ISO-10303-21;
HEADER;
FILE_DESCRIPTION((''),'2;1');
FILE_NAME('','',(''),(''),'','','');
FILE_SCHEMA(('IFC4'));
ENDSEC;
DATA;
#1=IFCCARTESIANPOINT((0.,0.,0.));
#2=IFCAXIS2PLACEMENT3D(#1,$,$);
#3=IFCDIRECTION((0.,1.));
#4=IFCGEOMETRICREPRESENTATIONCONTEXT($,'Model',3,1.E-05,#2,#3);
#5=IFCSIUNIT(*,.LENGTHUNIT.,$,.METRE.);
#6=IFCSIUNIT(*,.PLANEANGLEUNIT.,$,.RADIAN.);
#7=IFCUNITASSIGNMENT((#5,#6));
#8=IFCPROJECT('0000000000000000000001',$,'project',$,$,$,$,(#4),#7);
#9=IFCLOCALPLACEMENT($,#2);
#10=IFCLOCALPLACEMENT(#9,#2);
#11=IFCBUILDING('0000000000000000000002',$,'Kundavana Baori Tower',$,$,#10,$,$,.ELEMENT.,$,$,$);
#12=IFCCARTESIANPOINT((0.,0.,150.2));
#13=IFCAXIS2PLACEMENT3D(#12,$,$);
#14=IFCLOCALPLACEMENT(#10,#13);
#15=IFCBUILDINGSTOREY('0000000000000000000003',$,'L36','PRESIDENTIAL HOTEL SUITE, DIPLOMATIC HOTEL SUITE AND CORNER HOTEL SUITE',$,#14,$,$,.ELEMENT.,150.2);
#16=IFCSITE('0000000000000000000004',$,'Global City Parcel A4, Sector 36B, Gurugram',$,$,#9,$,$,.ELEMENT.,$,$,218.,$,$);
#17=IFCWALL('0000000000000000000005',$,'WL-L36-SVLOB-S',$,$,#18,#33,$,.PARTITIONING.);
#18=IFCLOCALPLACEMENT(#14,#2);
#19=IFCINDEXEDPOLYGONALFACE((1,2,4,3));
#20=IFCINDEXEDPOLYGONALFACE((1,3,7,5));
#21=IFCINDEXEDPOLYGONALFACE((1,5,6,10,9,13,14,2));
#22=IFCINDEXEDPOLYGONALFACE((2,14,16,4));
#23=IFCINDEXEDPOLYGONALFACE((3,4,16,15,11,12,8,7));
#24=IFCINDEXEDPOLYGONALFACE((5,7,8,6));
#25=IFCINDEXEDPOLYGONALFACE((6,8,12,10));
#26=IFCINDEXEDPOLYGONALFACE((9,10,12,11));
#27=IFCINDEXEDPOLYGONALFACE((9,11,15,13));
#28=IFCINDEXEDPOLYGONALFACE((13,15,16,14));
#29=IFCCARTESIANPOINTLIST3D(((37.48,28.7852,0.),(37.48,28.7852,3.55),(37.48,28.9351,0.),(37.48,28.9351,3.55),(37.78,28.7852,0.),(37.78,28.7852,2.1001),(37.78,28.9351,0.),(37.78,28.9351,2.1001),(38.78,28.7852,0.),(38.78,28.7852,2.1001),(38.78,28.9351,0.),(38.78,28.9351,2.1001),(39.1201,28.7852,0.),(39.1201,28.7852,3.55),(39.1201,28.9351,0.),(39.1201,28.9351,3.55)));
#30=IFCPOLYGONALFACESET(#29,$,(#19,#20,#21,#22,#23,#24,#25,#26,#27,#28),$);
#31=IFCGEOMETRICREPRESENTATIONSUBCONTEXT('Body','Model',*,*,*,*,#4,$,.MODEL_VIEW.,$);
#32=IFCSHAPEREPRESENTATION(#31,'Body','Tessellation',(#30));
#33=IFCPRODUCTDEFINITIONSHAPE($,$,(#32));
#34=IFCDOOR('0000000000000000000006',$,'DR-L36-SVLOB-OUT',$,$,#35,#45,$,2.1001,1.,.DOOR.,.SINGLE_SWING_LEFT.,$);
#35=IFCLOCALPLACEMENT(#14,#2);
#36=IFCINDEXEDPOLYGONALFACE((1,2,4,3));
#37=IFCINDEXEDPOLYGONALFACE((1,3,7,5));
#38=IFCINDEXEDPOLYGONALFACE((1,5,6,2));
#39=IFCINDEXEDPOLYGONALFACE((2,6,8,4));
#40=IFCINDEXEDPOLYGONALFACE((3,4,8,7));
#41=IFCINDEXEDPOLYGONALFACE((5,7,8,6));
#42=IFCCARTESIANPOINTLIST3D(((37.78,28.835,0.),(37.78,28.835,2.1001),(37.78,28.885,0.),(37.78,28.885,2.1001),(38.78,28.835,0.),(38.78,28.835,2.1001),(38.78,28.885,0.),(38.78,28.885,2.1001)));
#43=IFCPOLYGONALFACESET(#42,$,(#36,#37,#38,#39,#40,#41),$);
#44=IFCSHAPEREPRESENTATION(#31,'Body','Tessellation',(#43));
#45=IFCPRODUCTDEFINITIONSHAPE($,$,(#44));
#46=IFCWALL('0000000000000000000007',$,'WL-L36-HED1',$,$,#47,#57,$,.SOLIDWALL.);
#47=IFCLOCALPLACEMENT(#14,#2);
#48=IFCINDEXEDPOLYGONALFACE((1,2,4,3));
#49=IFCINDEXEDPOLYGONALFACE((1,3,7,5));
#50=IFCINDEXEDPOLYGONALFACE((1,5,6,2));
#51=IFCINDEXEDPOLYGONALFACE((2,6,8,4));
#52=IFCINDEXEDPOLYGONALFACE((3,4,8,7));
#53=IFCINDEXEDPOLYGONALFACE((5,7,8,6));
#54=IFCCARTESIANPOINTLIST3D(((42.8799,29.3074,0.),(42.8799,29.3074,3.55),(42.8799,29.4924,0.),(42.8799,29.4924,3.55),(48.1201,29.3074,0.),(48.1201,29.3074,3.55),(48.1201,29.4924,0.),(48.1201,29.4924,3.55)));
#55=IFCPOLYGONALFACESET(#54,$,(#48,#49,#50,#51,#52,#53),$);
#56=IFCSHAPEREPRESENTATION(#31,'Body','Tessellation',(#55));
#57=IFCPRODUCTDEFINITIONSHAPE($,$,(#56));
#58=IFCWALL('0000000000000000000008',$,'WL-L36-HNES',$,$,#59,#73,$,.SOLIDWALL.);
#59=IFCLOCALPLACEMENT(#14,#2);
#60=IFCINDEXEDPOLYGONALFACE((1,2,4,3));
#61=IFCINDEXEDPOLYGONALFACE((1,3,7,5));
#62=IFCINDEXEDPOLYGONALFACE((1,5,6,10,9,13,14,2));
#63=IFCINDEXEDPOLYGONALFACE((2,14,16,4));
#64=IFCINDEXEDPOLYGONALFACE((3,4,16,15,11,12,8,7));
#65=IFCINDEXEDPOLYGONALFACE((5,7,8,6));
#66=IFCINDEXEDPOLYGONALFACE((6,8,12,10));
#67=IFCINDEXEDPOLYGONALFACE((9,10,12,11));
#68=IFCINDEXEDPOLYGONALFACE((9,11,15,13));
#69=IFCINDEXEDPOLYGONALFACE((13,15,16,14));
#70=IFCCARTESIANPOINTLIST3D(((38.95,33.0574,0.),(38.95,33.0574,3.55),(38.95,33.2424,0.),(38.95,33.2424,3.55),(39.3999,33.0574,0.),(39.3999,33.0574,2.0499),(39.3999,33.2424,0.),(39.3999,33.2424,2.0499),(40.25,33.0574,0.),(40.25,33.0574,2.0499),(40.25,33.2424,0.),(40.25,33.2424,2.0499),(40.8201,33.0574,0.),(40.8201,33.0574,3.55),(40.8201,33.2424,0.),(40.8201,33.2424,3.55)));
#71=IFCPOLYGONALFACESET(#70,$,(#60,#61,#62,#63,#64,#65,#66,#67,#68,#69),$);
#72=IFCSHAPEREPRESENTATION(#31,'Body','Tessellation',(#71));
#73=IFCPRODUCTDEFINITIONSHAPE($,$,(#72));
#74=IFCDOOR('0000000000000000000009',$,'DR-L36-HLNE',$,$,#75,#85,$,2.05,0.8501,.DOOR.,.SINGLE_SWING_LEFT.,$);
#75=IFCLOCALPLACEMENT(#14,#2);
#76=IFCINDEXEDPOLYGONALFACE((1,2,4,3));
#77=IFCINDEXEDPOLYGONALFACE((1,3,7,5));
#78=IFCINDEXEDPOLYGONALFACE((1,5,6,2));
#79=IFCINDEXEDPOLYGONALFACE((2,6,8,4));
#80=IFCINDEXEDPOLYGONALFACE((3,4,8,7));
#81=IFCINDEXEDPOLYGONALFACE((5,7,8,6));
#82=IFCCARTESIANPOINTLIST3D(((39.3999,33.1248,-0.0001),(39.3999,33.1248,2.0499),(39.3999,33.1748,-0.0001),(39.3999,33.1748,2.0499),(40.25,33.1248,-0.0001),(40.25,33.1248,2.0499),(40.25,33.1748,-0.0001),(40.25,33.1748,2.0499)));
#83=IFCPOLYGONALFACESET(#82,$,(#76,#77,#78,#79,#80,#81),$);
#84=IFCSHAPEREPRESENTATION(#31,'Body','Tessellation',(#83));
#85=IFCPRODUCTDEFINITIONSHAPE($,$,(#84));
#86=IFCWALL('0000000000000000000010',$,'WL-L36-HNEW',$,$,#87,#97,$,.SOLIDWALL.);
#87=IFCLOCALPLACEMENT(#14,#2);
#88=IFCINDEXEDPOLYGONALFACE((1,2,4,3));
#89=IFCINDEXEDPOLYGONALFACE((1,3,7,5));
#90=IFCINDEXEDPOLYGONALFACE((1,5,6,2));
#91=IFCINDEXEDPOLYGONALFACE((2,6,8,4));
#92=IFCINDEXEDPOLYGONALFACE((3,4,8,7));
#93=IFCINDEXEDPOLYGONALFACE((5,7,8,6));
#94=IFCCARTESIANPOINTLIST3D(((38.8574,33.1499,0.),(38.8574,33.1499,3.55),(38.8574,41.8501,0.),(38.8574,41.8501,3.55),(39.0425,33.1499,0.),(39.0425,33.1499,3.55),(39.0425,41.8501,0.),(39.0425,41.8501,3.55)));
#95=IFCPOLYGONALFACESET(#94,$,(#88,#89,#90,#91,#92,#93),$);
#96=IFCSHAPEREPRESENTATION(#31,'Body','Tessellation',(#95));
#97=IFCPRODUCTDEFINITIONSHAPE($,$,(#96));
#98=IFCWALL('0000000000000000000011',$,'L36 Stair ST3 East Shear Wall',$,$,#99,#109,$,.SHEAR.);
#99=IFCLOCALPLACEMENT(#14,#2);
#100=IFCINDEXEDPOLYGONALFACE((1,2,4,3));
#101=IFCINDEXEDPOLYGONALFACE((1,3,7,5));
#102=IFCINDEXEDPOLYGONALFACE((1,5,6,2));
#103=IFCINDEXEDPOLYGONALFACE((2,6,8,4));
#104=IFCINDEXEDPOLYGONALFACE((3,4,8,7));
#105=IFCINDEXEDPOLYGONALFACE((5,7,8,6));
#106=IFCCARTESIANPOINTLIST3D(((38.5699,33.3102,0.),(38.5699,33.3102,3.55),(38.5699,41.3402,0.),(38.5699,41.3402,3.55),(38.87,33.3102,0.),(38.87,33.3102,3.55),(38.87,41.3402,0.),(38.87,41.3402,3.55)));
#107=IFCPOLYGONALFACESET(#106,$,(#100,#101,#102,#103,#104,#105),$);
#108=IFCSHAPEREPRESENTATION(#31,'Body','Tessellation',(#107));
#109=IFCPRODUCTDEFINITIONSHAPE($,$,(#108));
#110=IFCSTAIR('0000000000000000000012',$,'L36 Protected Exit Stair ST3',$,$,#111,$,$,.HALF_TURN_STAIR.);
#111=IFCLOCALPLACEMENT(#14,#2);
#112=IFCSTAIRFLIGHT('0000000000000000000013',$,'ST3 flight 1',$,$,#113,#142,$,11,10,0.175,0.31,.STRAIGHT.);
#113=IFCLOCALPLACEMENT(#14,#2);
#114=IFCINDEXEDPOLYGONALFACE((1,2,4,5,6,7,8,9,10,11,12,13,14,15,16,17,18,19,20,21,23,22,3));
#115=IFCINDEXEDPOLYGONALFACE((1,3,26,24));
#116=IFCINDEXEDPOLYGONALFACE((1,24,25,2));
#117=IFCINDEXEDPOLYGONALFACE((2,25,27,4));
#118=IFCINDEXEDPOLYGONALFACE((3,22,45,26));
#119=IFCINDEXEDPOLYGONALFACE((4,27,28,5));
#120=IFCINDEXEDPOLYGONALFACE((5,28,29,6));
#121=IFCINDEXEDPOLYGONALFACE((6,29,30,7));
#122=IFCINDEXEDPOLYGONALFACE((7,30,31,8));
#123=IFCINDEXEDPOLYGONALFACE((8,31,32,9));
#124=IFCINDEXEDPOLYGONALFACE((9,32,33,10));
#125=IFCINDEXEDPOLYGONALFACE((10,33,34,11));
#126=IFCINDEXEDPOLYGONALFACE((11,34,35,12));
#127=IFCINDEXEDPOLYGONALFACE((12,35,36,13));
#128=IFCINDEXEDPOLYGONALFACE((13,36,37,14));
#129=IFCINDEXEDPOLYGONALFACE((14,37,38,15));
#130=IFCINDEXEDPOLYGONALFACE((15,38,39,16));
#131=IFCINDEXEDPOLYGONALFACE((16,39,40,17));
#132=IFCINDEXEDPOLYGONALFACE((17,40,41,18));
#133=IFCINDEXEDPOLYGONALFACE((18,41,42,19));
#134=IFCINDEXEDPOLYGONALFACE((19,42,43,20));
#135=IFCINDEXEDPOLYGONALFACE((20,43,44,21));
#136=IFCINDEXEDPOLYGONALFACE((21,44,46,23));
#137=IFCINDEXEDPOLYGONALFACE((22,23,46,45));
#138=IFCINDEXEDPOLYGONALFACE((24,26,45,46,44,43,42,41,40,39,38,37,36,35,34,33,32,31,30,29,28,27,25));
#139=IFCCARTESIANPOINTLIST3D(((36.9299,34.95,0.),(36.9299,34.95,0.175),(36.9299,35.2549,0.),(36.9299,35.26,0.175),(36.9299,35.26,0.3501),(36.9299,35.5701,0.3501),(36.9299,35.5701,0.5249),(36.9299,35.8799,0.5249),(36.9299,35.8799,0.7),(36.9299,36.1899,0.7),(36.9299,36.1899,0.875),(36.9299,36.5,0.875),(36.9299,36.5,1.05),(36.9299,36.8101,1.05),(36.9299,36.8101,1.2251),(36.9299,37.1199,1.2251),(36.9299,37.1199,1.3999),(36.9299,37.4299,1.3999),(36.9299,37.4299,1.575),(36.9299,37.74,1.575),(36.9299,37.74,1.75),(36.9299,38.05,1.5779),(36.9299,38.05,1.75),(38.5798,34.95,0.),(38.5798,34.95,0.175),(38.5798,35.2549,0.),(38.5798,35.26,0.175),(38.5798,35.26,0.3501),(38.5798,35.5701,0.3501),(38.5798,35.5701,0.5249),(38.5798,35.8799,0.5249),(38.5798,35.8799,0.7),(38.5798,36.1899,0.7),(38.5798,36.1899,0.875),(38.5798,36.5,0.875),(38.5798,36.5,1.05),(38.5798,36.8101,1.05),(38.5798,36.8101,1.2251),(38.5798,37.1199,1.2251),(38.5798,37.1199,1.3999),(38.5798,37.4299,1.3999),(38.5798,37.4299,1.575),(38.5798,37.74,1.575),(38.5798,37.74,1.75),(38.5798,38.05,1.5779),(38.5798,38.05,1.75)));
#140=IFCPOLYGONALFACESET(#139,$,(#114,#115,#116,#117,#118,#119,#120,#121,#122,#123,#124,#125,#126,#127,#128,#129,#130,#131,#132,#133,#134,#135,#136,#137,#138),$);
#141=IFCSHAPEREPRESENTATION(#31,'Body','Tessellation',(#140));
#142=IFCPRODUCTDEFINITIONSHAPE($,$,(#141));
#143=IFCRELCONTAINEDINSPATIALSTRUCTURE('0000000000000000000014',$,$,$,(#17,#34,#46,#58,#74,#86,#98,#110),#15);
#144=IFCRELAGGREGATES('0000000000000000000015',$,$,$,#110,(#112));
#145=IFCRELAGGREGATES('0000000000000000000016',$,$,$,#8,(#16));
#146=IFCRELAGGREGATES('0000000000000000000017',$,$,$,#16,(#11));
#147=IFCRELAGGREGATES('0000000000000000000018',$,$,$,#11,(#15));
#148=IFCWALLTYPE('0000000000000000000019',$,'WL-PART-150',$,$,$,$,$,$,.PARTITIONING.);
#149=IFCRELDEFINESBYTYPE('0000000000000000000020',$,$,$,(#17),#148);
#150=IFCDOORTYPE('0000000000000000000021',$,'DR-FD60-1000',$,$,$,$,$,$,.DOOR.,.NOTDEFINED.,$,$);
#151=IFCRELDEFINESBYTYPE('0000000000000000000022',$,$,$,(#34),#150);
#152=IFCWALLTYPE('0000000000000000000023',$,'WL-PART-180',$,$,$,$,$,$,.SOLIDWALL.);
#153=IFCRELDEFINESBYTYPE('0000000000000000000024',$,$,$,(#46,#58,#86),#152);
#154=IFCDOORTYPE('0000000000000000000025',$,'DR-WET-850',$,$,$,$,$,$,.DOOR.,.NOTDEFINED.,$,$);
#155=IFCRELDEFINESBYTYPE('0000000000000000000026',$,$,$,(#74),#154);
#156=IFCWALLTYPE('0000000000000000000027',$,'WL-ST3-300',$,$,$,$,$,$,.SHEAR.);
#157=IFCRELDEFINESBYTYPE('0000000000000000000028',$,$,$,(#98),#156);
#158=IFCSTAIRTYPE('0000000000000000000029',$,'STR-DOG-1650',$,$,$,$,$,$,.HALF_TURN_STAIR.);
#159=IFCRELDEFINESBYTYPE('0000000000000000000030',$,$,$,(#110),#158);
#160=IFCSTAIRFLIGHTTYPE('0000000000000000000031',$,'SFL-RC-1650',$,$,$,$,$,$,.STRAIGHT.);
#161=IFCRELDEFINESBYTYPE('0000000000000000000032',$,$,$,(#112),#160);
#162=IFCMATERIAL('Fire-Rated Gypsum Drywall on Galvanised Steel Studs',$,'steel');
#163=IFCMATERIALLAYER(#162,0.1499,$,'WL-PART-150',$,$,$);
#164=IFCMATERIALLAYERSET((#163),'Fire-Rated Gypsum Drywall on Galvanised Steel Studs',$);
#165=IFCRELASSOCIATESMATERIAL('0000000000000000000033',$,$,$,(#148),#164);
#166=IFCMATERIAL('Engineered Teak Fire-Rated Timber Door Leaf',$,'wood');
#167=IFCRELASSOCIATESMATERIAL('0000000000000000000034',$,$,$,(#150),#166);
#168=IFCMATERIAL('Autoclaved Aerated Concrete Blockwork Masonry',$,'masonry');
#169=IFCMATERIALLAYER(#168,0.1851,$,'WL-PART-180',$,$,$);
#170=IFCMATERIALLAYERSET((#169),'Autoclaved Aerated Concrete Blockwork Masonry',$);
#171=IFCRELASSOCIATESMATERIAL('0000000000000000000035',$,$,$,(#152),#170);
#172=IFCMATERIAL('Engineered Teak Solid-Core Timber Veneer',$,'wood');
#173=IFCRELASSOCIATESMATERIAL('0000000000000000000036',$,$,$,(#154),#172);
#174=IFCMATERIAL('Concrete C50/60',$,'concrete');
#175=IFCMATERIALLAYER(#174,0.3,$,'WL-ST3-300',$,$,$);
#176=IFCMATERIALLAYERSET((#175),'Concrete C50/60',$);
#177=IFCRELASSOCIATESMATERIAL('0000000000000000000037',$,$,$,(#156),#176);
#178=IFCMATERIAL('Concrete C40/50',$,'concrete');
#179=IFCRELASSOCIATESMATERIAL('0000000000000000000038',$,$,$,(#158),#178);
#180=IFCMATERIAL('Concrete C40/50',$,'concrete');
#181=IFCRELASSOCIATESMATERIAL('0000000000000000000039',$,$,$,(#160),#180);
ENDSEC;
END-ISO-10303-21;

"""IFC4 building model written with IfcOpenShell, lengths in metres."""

from ifc_helpers import new_model, si_unit, direction, frame, frame_2d, origin, place, context, subcontext, project, spatial, polyline, rectangle, outline, extrude, material, layer, layer_set, type_object, element, fill, aggregate, save


model = new_model("IFC4")

# Units and contexts
model_context = context("Model", 3, precision=1e-05, world=origin(), true_north=direction((0.0, 1.0)))
body_context = subcontext(model_context, "Body", "Model", "MODEL_VIEW")
ifc_project = project(units=[si_unit("LENGTHUNIT", "METRE"), si_unit("PLANEANGLEUNIT", "RADIAN")], contexts=[model_context])

# Site, building, storey
site_placement = place(None, origin())
site = spatial("IfcSite", under=ifc_project, at=site_placement, Name="Global City Parcel A4, Sector 36B, Gurugram", CompositionType="ELEMENT", RefElevation=218.0)
building_placement = place(site_placement, origin())
building = spatial("IfcBuilding", under=site, at=building_placement, Name="Kundavana Baori Tower", CompositionType="ELEMENT")
storey_placement = place(building_placement, frame((0.0, 0.0, 150.2)))
storey = spatial("IfcBuildingStorey", under=building, at=storey_placement, Name="L36", Description="PRESIDENTIAL HOTEL SUITE, DIPLOMATIC HOTEL SUITE AND CORNER HOTEL SUITE", CompositionType="ELEMENT", Elevation=150.2)

# Shared definitions
ifc_material_1 = material(Name="Fire-Rated Gypsum Drywall on Galvanised Steel Studs", Category="steel")
ifc_layer_1 = layer(ifc_material_1, 0.1499, Name="WL-PART-150")
ifc_layer_set_1 = layer_set([ifc_layer_1], Name="Fire-Rated Gypsum Drywall on Galvanised Steel Studs")
wall_type_1 = type_object("IfcWallType", Name="WL-PART-150", PredefinedType="PARTITIONING", material=ifc_layer_set_1)

# Wall, opening, door
wall_1_placement = place(storey_placement, frame((37.48, 28.8601, 0.0), z_axis=(0.0, 0.0, 1.0), x_axis=(1.0, 0.0, 0.0)))
wall_1 = element("IfcWall", 1, at=wall_1_placement, inside=storey, type_object=wall_type_1, Name="WL-L36-SVLOB-S", PredefinedType="PARTITIONING", context=body_context, shape_type="SweptSolid", body=[
    extrude(rectangle(XDim=1.6401, YDim=0.1499, at=frame_2d((0.8201, 0.0))), origin(), (0.0, 0.0, 1.0), 3.55),
])
opening_1_placement = place(wall_1_placement, frame((0.3, 0.0, 0.0)))
opening_1 = element("IfcOpeningElement", 2, at=opening_1_placement, cuts=wall_1, PredefinedType="OPENING", context=body_context, shape_type="SweptSolid", body=[
    extrude(rectangle(XDim=1.0, YDim=2.1001, at=frame_2d((0.5, 1.05))), frame((0.0, 0.085, 0.0), z_axis=(0.0, -1.0, 0.0), x_axis=(1.0, 0.0, 0.0)), (0.0, 0.0, 1.0), 0.1699),
])
ifc_material_2 = material(Name="Engineered Teak Fire-Rated Timber Door Leaf", Category="wood")
door_type_1 = type_object("IfcDoorType", Name="DR-FD60-1000", OperationType="NOTDEFINED", PredefinedType="DOOR", material=ifc_material_2)
door_1_placement = place(opening_1_placement, origin())
door_1 = element("IfcDoor", 3, at=door_1_placement, inside=storey, type_object=door_type_1, Name="DR-L36-SVLOB-OUT", OperationType="SINGLE_SWING_LEFT", OverallHeight=2.1001, OverallWidth=1.0, PredefinedType="DOOR", context=body_context, shape_type="SweptSolid", body=[
    extrude(rectangle(XDim=1.0, YDim=2.1001, at=frame_2d((0.5, 1.05))), frame((0.0, 0.0249, 0.0), z_axis=(0.0, -1.0, 0.0), x_axis=(1.0, 0.0, 0.0)), (0.0, 0.0, 1.0), 0.05),
])
fill(opening_1, door_1)

# Wall
ifc_material_3 = material(Name="Autoclaved Aerated Concrete Blockwork Masonry", Category="masonry")
ifc_layer_2 = layer(ifc_material_3, 0.1851, Name="WL-PART-180")
ifc_layer_set_2 = layer_set([ifc_layer_2], Name="Autoclaved Aerated Concrete Blockwork Masonry")
wall_type_2 = type_object("IfcWallType", Name="WL-PART-180", PredefinedType="SOLIDWALL", material=ifc_layer_set_2)
wall_2_placement = place(storey_placement, frame((42.8799, 29.3999, 0.0), z_axis=(0.0, 0.0, 1.0), x_axis=(1.0, 0.0, 0.0)))
element("IfcWall", 4, at=wall_2_placement, inside=storey, type_object=wall_type_2, Name="WL-L36-HED1", PredefinedType="SOLIDWALL", context=body_context, shape_type="SweptSolid", body=[
    extrude(rectangle(XDim=5.2402, YDim=0.1851, at=frame_2d((2.6201, 0.0))), origin(), (0.0, 0.0, 1.0), 3.55),
])

# Wall, opening, door
wall_3_placement = place(storey_placement, frame((38.95, 33.1499, 0.0), z_axis=(0.0, 0.0, 1.0), x_axis=(1.0, 0.0, 0.0)))
wall_3 = element("IfcWall", 5, at=wall_3_placement, inside=storey, type_object=wall_type_2, Name="WL-L36-HNES", PredefinedType="SOLIDWALL", context=body_context, shape_type="SweptSolid", body=[
    extrude(rectangle(XDim=1.8701, YDim=0.1851, at=frame_2d((0.9351, 0.0))), origin(), (0.0, 0.0, 1.0), 3.55),
])
opening_2_placement = place(wall_3_placement, frame((0.45, 0.0, 0.0)))
opening_2 = element("IfcOpeningElement", 6, at=opening_2_placement, cuts=wall_3, PredefinedType="OPENING", context=body_context, shape_type="SweptSolid", body=[
    extrude(rectangle(XDim=0.8501, YDim=2.05, at=frame_2d((0.425, 1.0249))), frame((0.0, 0.1025, 0.0), z_axis=(0.0, -1.0, 0.0), x_axis=(1.0, 0.0, 0.0)), (0.0, 0.0, 1.0), 0.2051),
])
ifc_material_4 = material(Name="Engineered Teak Solid-Core Timber Veneer", Category="wood")
door_type_2 = type_object("IfcDoorType", Name="DR-WET-850", OperationType="NOTDEFINED", PredefinedType="DOOR", material=ifc_material_4)
door_2_placement = place(opening_2_placement, origin())
door_2 = element("IfcDoor", 7, at=door_2_placement, inside=storey, type_object=door_type_2, Name="DR-L36-HLNE", OperationType="SINGLE_SWING_LEFT", OverallHeight=2.05, OverallWidth=0.8501, PredefinedType="DOOR", context=body_context, shape_type="SweptSolid", body=[
    extrude(rectangle(XDim=0.8501, YDim=2.05, at=frame_2d((0.425, 1.0249))), frame((0.0, 0.0249, 0.0), z_axis=(0.0, -1.0, 0.0), x_axis=(1.0, 0.0, 0.0)), (0.0, 0.0, 1.0), 0.05),
])
fill(opening_2, door_2)

# Wall
wall_4_placement = place(storey_placement, frame((38.95, 33.1499, 0.0), z_axis=(0.0, 0.0, 1.0), x_axis=(0.0, 1.0, 0.0)))
element("IfcWall", 8, at=wall_4_placement, inside=storey, type_object=wall_type_2, Name="WL-L36-HNEW", PredefinedType="SOLIDWALL", context=body_context, shape_type="SweptSolid", body=[
    extrude(rectangle(XDim=8.7002, YDim=0.1851, at=frame_2d((4.3501, 0.0))), origin(), (0.0, 0.0, 1.0), 3.55),
])

# Wall
ifc_material_5 = material(Name="Concrete C50/60", Category="concrete")
ifc_layer_3 = layer(ifc_material_5, 0.3, Name="WL-ST3-300")
ifc_layer_set_3 = layer_set([ifc_layer_3], Name="Concrete C50/60")
wall_type_3 = type_object("IfcWallType", Name="WL-ST3-300", PredefinedType="SHEAR", material=ifc_layer_set_3)
wall_5_placement = place(storey_placement, frame((38.72, 33.3101, 0.0), z_axis=(0.0, 0.0, 1.0), x_axis=(0.0, 1.0, 0.0)))
element("IfcWall", 9, at=wall_5_placement, inside=storey, type_object=wall_type_3, Name="L36 Stair ST3 East Shear Wall", PredefinedType="SHEAR", context=body_context, shape_type="SweptSolid", body=[
    extrude(rectangle(XDim=8.03, YDim=0.3, at=frame_2d((4.0151, 0.0))), origin(), (0.0, 0.0, 1.0), 3.55),
])

# Stair, stair flight
ifc_material_6 = material(Name="Concrete C40/50", Category="concrete")
stair_type = type_object("IfcStairType", Name="STR-DOG-1650", PredefinedType="HALF_TURN_STAIR", material=ifc_material_6)
stair_placement = place(storey_placement, origin())
stair = element("IfcStair", 10, at=stair_placement, inside=storey, type_object=stair_type, Name="L36 Protected Exit Stair ST3", PredefinedType="HALF_TURN_STAIR")
ifc_material_7 = material(Name="Concrete C40/50", Category="concrete")
stair_flight_type = type_object("IfcStairFlightType", Name="SFL-RC-1650", PredefinedType="STRAIGHT", material=ifc_material_7)
stair_flight_placement = place(storey_placement, frame((37.7549, 34.95, 0.0), z_axis=(0.0, 0.0, 1.0), x_axis=(0.0, 1.0, 0.0)))
stair_flight = element("IfcStairFlight", 11, at=stair_flight_placement, type_object=stair_flight_type, Name="ST3 flight 1", NumberOfRisers=11, NumberOfTreads=10, PredefinedType="STRAIGHT", RiserHeight=0.175, TreadLength=0.31, context=body_context, shape_type="SweptSolid", body=[
    extrude(outline(polyline([(0.0, 0.0), (0.0, 0.175), (0.3101, 0.175), (0.3101, 0.3501), (0.6201, 0.3501), (0.6201, 0.5249), (0.9299, 0.5249), (0.9299, 0.7), (1.24, 0.7), (1.24, 0.875), (1.55, 0.875), (1.55, 1.05), (1.8601, 1.05), (1.8601, 1.2251), (2.1699, 1.2251), (2.1699, 1.3999), (2.48, 1.3999), (2.48, 1.575), (2.79, 1.575), (2.79, 1.75), (3.1001, 1.75), (3.1001, 1.925), (3.1001, 1.5779), (0.3049, 0.0), (0.0, 0.0)])), frame((0.0, 0.825, 0.0), z_axis=(0.0, -1.0, 0.0), x_axis=(1.0, 0.0, 0.0)), (0.0, 0.0, 1.0), 1.6499),
])
aggregate(stair, [stair_flight])

save(model, "model.ifc")
